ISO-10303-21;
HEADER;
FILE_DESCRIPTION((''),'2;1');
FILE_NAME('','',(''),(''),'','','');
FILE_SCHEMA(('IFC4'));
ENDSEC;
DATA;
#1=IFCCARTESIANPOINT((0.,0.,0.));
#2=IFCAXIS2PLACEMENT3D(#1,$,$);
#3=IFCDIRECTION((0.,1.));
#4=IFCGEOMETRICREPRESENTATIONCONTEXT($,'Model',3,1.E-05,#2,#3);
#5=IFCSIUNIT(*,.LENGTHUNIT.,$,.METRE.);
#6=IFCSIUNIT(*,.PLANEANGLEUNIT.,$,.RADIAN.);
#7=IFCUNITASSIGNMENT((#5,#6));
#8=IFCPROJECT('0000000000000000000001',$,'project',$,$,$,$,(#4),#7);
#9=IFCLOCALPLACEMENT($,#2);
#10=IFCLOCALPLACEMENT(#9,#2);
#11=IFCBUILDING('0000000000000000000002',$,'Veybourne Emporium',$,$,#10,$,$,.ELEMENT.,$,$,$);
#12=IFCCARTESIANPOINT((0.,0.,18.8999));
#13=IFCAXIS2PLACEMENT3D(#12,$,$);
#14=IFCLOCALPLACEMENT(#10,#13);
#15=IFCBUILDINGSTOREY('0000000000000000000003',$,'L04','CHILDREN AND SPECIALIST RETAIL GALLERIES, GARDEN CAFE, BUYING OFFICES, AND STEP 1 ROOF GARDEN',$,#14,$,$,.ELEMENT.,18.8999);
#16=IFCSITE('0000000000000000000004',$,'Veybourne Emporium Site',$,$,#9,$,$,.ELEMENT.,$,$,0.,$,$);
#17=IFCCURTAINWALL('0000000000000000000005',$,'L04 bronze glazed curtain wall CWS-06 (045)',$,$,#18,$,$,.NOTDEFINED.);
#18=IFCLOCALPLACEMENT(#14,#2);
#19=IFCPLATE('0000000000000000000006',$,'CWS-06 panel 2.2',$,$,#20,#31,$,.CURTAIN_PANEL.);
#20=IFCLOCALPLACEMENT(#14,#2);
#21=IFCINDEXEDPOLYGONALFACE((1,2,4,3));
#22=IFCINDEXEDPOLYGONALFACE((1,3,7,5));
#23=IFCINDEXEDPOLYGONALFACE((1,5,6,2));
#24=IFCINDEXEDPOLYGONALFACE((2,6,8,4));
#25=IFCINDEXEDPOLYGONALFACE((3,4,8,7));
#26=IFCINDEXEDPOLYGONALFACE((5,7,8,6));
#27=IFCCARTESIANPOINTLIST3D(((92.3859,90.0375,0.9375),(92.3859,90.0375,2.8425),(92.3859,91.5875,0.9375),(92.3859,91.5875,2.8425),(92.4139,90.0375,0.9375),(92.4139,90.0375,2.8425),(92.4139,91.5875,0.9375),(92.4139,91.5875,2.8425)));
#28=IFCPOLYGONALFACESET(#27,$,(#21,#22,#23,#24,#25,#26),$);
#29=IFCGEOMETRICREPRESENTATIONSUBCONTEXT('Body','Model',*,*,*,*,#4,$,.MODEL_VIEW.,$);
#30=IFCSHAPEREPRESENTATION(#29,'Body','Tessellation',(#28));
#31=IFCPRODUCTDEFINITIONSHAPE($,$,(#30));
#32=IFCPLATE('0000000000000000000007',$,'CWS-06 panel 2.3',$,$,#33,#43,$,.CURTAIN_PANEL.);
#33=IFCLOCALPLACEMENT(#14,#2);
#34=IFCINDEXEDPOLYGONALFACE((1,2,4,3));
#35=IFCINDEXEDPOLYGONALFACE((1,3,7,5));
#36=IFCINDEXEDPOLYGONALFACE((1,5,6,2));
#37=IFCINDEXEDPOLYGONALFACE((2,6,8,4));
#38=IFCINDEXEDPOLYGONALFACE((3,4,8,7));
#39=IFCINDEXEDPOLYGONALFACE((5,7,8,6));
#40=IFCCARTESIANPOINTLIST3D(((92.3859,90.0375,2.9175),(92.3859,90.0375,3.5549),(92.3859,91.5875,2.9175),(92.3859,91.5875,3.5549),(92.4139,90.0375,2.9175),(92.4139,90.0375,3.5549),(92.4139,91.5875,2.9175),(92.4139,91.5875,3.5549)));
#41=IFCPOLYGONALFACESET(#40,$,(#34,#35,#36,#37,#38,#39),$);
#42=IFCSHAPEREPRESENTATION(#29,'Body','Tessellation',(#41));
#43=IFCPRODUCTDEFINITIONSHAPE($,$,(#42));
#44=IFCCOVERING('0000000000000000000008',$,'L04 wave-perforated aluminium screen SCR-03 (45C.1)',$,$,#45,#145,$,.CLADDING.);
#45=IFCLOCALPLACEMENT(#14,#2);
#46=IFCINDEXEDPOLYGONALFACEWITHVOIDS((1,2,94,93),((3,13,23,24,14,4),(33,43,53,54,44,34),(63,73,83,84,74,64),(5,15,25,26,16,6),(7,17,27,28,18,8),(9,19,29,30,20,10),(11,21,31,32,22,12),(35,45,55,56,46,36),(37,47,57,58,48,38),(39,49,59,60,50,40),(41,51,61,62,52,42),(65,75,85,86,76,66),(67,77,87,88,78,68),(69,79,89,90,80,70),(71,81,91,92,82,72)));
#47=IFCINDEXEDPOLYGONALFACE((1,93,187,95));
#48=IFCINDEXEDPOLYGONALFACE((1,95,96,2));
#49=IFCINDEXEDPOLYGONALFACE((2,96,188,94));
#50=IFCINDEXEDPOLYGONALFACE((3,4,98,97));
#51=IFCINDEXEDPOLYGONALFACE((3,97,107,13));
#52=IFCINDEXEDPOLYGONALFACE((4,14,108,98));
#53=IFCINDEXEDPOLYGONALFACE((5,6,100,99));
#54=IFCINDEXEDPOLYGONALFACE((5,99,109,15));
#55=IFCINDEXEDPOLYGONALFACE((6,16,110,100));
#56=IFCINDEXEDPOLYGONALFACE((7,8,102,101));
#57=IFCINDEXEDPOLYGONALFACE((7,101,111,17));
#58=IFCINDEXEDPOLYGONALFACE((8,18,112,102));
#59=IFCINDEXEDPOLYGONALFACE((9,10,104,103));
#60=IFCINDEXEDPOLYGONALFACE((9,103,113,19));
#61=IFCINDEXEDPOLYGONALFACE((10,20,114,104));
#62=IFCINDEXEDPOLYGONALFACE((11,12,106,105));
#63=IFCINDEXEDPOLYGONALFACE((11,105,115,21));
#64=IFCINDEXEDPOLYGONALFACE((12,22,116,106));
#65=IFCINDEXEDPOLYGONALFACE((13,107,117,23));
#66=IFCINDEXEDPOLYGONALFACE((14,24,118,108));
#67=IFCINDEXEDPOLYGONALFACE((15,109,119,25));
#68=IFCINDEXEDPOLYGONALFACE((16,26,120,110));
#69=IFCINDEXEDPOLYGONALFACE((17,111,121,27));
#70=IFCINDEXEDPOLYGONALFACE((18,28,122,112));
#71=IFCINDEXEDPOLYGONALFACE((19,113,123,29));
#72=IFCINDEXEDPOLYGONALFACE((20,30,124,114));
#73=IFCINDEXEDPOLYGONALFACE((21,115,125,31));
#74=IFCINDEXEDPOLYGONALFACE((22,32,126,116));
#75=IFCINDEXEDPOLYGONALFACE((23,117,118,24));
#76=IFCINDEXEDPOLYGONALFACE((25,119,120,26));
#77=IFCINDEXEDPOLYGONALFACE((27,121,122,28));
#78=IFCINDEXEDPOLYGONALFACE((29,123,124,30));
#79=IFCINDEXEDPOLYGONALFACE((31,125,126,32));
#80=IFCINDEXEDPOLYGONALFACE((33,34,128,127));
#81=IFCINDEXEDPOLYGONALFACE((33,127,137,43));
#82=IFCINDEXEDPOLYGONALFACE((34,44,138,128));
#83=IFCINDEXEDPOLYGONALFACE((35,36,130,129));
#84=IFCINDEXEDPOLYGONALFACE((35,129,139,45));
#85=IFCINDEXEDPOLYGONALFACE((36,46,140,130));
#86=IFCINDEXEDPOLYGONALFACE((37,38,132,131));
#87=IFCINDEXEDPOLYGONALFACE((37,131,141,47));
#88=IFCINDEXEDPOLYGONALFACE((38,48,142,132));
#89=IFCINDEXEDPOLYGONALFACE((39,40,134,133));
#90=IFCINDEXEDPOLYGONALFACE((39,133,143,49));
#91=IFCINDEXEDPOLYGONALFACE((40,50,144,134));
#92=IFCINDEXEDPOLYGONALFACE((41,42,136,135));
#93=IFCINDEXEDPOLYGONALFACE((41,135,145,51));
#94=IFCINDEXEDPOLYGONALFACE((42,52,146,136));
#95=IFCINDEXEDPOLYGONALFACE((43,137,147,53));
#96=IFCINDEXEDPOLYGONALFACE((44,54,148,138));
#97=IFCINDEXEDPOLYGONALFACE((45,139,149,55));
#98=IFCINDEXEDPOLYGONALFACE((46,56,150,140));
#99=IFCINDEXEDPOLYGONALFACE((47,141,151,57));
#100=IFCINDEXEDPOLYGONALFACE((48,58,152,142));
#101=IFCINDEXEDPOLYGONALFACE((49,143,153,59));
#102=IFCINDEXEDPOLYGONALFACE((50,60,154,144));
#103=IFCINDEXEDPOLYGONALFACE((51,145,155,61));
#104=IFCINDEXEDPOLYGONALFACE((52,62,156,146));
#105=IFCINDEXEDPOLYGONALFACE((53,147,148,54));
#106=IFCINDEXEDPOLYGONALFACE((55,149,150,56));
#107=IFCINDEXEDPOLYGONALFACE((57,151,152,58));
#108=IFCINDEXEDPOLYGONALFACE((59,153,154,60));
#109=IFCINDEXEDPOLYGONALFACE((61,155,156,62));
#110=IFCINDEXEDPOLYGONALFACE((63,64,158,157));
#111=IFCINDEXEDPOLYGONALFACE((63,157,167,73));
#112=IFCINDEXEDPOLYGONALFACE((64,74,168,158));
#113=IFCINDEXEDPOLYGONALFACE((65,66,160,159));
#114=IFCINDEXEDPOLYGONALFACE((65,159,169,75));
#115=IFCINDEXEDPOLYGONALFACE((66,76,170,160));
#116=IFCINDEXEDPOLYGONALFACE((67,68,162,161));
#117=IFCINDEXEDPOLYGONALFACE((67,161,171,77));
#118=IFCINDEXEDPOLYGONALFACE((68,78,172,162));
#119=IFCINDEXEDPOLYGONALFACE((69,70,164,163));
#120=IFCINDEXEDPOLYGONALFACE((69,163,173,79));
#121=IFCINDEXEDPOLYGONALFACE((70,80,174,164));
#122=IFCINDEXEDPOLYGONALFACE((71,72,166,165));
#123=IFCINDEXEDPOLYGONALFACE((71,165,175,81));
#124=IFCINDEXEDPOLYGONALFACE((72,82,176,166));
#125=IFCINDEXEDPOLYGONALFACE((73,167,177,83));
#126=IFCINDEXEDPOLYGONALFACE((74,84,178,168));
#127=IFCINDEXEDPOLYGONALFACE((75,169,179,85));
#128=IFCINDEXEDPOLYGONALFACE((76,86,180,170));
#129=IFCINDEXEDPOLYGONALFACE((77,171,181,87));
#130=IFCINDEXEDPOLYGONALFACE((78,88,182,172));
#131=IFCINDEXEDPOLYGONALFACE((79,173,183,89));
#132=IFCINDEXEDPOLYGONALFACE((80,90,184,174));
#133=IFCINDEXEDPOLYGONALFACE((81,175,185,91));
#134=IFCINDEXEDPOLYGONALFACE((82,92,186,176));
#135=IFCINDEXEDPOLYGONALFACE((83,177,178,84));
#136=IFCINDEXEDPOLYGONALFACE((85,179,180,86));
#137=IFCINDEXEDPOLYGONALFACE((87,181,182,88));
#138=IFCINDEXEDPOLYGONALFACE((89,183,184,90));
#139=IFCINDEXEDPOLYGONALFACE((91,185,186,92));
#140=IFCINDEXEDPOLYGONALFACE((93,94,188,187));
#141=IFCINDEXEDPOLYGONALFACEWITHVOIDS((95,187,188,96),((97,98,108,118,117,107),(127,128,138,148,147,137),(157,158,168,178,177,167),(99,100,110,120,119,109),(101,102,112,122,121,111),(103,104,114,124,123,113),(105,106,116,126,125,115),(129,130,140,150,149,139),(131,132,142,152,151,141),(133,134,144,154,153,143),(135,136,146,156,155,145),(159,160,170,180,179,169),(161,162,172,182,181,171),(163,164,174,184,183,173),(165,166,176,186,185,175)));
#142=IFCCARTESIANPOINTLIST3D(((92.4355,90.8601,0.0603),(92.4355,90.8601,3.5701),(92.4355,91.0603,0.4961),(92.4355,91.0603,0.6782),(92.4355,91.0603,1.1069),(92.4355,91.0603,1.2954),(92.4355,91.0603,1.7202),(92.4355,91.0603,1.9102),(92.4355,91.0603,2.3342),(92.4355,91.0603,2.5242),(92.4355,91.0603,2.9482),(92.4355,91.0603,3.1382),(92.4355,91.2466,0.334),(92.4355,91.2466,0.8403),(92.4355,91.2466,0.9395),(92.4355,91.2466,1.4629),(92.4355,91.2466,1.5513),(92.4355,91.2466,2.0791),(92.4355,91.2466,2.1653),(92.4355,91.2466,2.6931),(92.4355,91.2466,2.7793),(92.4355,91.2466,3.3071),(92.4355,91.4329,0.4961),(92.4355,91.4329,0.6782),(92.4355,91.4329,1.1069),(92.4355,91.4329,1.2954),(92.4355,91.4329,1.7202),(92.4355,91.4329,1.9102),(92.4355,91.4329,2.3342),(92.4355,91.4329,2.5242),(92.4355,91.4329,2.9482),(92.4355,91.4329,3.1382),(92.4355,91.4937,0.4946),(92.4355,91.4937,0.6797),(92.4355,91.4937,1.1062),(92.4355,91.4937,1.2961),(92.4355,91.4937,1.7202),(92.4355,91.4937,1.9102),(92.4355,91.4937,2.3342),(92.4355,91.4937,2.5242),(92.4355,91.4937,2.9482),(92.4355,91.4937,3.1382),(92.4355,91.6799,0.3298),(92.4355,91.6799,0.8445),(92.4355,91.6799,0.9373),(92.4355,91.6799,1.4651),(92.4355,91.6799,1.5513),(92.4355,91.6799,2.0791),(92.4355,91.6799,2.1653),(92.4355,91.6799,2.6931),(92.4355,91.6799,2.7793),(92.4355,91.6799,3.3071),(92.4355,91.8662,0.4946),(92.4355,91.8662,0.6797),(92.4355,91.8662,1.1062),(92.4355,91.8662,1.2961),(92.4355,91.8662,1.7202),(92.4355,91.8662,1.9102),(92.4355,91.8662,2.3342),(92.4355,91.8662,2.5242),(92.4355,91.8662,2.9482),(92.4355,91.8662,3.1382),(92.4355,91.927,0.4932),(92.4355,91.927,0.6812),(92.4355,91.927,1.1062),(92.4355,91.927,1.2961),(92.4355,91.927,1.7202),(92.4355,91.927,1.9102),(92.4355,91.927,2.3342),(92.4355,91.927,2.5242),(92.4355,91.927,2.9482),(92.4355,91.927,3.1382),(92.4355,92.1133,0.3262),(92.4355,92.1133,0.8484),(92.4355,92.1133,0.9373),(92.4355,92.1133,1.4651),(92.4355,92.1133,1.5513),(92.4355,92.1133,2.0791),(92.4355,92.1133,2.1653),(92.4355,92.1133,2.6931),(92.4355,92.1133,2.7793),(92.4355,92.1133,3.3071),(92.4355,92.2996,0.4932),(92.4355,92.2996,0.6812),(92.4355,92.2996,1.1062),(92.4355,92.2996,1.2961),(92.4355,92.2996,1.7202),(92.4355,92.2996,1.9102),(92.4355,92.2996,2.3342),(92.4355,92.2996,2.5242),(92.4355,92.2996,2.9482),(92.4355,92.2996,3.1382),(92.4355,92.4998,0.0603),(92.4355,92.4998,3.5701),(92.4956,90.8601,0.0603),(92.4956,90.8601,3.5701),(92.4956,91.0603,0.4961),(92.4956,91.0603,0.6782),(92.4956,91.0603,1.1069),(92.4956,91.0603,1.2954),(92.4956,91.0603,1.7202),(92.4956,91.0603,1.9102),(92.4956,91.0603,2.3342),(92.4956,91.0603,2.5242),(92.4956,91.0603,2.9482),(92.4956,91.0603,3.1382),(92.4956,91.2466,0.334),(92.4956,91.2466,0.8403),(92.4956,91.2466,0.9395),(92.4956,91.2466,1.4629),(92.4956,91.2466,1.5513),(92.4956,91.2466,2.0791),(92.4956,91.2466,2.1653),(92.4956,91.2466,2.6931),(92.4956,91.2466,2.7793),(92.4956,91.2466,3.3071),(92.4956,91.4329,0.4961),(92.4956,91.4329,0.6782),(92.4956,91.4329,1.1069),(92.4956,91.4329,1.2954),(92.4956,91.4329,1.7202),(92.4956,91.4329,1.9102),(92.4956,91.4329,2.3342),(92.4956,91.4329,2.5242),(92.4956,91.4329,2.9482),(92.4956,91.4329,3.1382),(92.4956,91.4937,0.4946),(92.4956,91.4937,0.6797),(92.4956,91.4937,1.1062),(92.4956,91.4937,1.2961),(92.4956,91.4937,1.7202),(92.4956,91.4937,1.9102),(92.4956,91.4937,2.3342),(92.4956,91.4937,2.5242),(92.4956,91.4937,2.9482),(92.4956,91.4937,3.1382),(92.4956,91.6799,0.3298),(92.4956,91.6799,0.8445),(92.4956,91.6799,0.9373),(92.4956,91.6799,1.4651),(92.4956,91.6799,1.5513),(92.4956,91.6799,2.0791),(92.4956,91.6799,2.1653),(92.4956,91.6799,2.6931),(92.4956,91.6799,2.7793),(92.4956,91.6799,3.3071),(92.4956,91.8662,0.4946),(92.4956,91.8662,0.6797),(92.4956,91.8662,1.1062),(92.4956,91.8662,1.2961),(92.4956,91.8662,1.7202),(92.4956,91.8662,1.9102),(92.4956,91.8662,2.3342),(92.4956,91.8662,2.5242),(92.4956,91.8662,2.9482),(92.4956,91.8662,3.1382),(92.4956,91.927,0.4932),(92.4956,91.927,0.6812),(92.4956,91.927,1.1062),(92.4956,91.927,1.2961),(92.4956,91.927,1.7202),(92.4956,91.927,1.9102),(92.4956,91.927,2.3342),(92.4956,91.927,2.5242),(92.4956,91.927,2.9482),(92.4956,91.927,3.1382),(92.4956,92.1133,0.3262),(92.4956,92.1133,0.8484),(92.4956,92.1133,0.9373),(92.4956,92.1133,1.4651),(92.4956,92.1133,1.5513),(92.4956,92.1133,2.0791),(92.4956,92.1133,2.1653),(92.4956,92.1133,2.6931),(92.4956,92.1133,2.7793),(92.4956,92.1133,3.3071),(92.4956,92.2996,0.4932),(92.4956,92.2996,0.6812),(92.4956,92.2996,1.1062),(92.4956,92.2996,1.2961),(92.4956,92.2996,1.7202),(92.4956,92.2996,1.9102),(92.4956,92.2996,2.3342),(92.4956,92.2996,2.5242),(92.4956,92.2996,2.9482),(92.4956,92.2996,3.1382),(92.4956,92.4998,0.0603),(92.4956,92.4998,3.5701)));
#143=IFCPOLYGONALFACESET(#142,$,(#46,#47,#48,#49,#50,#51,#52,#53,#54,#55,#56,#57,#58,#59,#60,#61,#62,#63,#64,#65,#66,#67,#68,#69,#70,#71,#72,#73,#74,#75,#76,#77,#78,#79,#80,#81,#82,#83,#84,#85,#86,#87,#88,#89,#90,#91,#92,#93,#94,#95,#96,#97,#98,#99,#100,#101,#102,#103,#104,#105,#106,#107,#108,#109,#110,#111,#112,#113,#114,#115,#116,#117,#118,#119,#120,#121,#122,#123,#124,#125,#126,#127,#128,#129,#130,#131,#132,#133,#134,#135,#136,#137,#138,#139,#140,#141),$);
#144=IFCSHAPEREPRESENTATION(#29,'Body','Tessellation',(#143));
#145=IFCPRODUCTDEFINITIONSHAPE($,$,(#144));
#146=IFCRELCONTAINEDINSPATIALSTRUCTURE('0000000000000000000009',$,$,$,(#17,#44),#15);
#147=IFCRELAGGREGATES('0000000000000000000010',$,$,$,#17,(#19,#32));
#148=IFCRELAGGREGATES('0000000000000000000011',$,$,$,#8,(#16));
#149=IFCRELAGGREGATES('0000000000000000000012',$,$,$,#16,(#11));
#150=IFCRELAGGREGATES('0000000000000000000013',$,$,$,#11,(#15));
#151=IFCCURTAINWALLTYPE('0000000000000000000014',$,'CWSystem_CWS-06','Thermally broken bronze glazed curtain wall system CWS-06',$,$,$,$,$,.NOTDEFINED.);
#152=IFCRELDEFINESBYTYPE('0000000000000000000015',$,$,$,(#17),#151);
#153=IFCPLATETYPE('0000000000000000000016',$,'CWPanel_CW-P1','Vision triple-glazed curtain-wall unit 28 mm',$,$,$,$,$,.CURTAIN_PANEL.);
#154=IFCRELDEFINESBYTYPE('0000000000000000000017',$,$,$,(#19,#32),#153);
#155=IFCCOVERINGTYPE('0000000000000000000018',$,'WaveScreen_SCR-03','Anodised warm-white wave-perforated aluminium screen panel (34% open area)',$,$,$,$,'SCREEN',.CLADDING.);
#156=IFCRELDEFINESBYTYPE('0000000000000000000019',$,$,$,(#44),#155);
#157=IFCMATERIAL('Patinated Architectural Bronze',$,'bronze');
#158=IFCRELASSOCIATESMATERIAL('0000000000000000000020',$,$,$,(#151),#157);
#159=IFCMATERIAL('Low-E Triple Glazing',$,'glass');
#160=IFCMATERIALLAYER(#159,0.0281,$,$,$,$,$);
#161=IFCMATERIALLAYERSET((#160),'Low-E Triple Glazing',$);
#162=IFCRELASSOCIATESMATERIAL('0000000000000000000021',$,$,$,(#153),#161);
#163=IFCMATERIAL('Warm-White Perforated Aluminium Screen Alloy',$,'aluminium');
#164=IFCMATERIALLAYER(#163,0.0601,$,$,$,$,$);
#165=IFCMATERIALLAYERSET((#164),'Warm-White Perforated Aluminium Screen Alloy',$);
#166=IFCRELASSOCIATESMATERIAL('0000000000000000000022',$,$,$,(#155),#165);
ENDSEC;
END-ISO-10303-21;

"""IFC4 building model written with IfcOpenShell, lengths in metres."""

from ifc_helpers import new_model, si_unit, direction, frame, origin, origin_2d, place, context, subcontext, project, spatial, polyline, rectangle, outline, extrude, material, layer, layer_set, type_object, element, aggregate, save


model = new_model("IFC4")

# Units and contexts
model_context = context("Model", 3, precision=1e-05, world=origin(), true_north=direction((0.0, 1.0)))
body_context = subcontext(model_context, "Body", "Model", "MODEL_VIEW")
ifc_project = project(units=[si_unit("LENGTHUNIT", "METRE"), si_unit("PLANEANGLEUNIT", "RADIAN")], contexts=[model_context])

# Site, building, storey
site_placement = place(None, origin())
site = spatial("IfcSite", under=ifc_project, at=site_placement, Name="Veybourne Emporium Site", CompositionType="ELEMENT", RefElevation=0.0)
building_placement = place(site_placement, origin())
building = spatial("IfcBuilding", under=site, at=building_placement, Name="Veybourne Emporium", CompositionType="ELEMENT")
storey_placement = place(building_placement, frame((0.0, 0.0, 18.8999)))
storey = spatial("IfcBuildingStorey", under=building, at=storey_placement, Name="L04", Description="CHILDREN AND SPECIALIST RETAIL GALLERIES, GARDEN CAFE, BUYING OFFICES, AND STEP 1 ROOF GARDEN", CompositionType="ELEMENT", Elevation=18.8999)

# Curtain wall, plates
ifc_material_1 = material(Name="Patinated Architectural Bronze", Category="bronze")
curtain_wall_type = type_object("IfcCurtainWallType", Name="CWSystem_CWS-06", Description="Thermally broken bronze glazed curtain wall system CWS-06", PredefinedType="NOTDEFINED", material=ifc_material_1)
curtain_wall_placement = place(storey_placement, origin())
curtain_wall = element("IfcCurtainWall", 1, at=curtain_wall_placement, inside=storey, type_object=curtain_wall_type, Name="L04 bronze glazed curtain wall CWS-06 (045)", PredefinedType="NOTDEFINED")
ifc_material_2 = material(Name="Low-E Triple Glazing", Category="glass")
ifc_layer_1 = layer(ifc_material_2, 0.0281)
ifc_layer_set_1 = layer_set([ifc_layer_1], Name="Low-E Triple Glazing")
plate_type = type_object("IfcPlateType", Name="CWPanel_CW-P1", Description="Vision triple-glazed curtain-wall unit 28 mm", PredefinedType="CURTAIN_PANEL", material=ifc_layer_set_1)
plate_1_placement = place(storey_placement, frame((92.3999, 90.8125, 0.9375), z_axis=(0.0, 0.0, 1.0), x_axis=(0.0, -1.0, 0.0)))
plate_1 = element("IfcPlate", 2, at=plate_1_placement, type_object=plate_type, Name="CWS-06 panel 2.2", PredefinedType="CURTAIN_PANEL", context=body_context, shape_type="SweptSolid", body=[
    extrude(rectangle(XDim=1.55, YDim=0.0281, at=origin_2d()), origin(), (0.0, 0.0, 1.0), 1.905),
])
plate_2_placement = place(storey_placement, frame((92.3999, 90.8125, 2.9175), z_axis=(0.0, 0.0, 1.0), x_axis=(0.0, -1.0, 0.0)))
plate_2 = element("IfcPlate", 3, at=plate_2_placement, type_object=plate_type, Name="CWS-06 panel 2.3", PredefinedType="CURTAIN_PANEL", context=body_context, shape_type="SweptSolid", body=[
    extrude(rectangle(XDim=1.55, YDim=0.0281, at=origin_2d()), origin(), (0.0, 0.0, 1.0), 0.6375),
])
aggregate(curtain_wall, [plate_1, plate_2])

# Covering
ifc_material_3 = material(Name="Warm-White Perforated Aluminium Screen Alloy", Category="aluminium")
ifc_layer_2 = layer(ifc_material_3, 0.0601)
ifc_layer_set_2 = layer_set([ifc_layer_2], Name="Warm-White Perforated Aluminium Screen Alloy")
covering_type_1 = type_object("IfcCoveringType", Name="WaveScreen_SCR-03", Description="Anodised warm-white wave-perforated aluminium screen panel (34% open area)", ElementType="SCREEN", PredefinedType="CLADDING", material=ifc_layer_set_2)
covering_1_placement = place(storey_placement, frame((92.4956, 91.6799, 1.8152), z_axis=(-1.0, 0.0, 0.0), x_axis=(0.0, -1.0, 0.0)))
element("IfcCovering", 4, at=covering_1_placement, inside=storey, type_object=covering_type_1, Name="L04 wave-perforated aluminium screen SCR-03 (45C.1)", PredefinedType="CLADDING", context=body_context, shape_type="SweptSolid", body=[
    extrude(outline(polyline([(-0.8198, -1.7549), (0.8198, -1.7549), (0.8198, 1.7549), (-0.8198, 1.7549), (-0.8198, -1.7549)]), holes=[polyline([(-0.4333, -0.9668), (-0.2471, -1.134), (-0.2471, -1.322), (-0.4333, -1.489), (-0.6196, -1.322), (-0.6196, -1.134), (-0.4333, -0.9668)]), polyline([(-0.4333, -0.3501), (-0.2471, -0.519), (-0.2471, -0.709), (-0.4333, -0.8779), (-0.6196, -0.709), (-0.6196, -0.519), (-0.4333, -0.3501)]), polyline([(-0.4333, 0.2639), (-0.2471, 0.095), (-0.2471, -0.095), (-0.4333, -0.2639), (-0.6196, -0.095), (-0.6196, 0.095), (-0.4333, 0.2639)]), polyline([(-0.4333, 0.8779), (-0.2471, 0.709), (-0.2471, 0.519), (-0.4333, 0.3501), (-0.6196, 0.519), (-0.6196, 0.709), (-0.4333, 0.8779)]), polyline([(-0.4333, 1.4919), (-0.2471, 1.323), (-0.2471, 1.1331), (-0.4333, 0.9641), (-0.6196, 1.1331), (-0.6196, 1.323), (-0.4333, 1.4919)]), polyline([(0.0, -0.9707), (0.1863, -1.1355), (0.1863, -1.3206), (0.0, -1.4854), (-0.1863, -1.3206), (-0.1863, -1.1355), (0.0, -0.9707)]), polyline([(0.0, -0.3501), (0.1863, -0.519), (0.1863, -0.709), (0.0, -0.8779), (-0.1863, -0.709), (-0.1863, -0.519), (0.0, -0.3501)]), polyline([(0.0, 0.2639), (0.1863, 0.095), (0.1863, -0.095), (0.0, -0.2639), (-0.1863, -0.095), (-0.1863, 0.095), (0.0, 0.2639)]), polyline([(0.0, 0.8779), (0.1863, 0.709), (0.1863, 0.519), (0.0, 0.3501), (-0.1863, 0.519), (-0.1863, 0.709), (0.0, 0.8779)]), polyline([(0.0, 1.4919), (0.1863, 1.323), (0.1863, 1.1331), (0.0, 0.9641), (-0.1863, 1.1331), (-0.1863, 1.323), (0.0, 1.4919)]), polyline([(0.4333, -0.9749), (0.6196, -1.137), (0.6196, -1.3191), (0.4333, -1.4812), (0.2471, -1.3191), (0.2471, -1.137), (0.4333, -0.9749)]), polyline([(0.4333, -0.3523), (0.6196, -0.5198), (0.6196, -0.7083), (0.4333, -0.8757), (0.2471, -0.7083), (0.2471, -0.5198), (0.4333, -0.3523)]), polyline([(0.4333, 0.2639), (0.6196, 0.095), (0.6196, -0.095), (0.4333, -0.2639), (0.2471, -0.095), (0.2471, 0.095), (0.4333, 0.2639)]), polyline([(0.4333, 0.8779), (0.6196, 0.709), (0.6196, 0.519), (0.4333, 0.3501), (0.2471, 0.519), (0.2471, 0.709), (0.4333, 0.8779)]), polyline([(0.4333, 1.4919), (0.6196, 1.323), (0.6196, 1.1331), (0.4333, 0.9641), (0.2471, 1.1331), (0.2471, 1.323), (0.4333, 1.4919)])]), origin(), (0.0, 0.0, 1.0), 0.0601),
])

save(model, "model.ifc")
